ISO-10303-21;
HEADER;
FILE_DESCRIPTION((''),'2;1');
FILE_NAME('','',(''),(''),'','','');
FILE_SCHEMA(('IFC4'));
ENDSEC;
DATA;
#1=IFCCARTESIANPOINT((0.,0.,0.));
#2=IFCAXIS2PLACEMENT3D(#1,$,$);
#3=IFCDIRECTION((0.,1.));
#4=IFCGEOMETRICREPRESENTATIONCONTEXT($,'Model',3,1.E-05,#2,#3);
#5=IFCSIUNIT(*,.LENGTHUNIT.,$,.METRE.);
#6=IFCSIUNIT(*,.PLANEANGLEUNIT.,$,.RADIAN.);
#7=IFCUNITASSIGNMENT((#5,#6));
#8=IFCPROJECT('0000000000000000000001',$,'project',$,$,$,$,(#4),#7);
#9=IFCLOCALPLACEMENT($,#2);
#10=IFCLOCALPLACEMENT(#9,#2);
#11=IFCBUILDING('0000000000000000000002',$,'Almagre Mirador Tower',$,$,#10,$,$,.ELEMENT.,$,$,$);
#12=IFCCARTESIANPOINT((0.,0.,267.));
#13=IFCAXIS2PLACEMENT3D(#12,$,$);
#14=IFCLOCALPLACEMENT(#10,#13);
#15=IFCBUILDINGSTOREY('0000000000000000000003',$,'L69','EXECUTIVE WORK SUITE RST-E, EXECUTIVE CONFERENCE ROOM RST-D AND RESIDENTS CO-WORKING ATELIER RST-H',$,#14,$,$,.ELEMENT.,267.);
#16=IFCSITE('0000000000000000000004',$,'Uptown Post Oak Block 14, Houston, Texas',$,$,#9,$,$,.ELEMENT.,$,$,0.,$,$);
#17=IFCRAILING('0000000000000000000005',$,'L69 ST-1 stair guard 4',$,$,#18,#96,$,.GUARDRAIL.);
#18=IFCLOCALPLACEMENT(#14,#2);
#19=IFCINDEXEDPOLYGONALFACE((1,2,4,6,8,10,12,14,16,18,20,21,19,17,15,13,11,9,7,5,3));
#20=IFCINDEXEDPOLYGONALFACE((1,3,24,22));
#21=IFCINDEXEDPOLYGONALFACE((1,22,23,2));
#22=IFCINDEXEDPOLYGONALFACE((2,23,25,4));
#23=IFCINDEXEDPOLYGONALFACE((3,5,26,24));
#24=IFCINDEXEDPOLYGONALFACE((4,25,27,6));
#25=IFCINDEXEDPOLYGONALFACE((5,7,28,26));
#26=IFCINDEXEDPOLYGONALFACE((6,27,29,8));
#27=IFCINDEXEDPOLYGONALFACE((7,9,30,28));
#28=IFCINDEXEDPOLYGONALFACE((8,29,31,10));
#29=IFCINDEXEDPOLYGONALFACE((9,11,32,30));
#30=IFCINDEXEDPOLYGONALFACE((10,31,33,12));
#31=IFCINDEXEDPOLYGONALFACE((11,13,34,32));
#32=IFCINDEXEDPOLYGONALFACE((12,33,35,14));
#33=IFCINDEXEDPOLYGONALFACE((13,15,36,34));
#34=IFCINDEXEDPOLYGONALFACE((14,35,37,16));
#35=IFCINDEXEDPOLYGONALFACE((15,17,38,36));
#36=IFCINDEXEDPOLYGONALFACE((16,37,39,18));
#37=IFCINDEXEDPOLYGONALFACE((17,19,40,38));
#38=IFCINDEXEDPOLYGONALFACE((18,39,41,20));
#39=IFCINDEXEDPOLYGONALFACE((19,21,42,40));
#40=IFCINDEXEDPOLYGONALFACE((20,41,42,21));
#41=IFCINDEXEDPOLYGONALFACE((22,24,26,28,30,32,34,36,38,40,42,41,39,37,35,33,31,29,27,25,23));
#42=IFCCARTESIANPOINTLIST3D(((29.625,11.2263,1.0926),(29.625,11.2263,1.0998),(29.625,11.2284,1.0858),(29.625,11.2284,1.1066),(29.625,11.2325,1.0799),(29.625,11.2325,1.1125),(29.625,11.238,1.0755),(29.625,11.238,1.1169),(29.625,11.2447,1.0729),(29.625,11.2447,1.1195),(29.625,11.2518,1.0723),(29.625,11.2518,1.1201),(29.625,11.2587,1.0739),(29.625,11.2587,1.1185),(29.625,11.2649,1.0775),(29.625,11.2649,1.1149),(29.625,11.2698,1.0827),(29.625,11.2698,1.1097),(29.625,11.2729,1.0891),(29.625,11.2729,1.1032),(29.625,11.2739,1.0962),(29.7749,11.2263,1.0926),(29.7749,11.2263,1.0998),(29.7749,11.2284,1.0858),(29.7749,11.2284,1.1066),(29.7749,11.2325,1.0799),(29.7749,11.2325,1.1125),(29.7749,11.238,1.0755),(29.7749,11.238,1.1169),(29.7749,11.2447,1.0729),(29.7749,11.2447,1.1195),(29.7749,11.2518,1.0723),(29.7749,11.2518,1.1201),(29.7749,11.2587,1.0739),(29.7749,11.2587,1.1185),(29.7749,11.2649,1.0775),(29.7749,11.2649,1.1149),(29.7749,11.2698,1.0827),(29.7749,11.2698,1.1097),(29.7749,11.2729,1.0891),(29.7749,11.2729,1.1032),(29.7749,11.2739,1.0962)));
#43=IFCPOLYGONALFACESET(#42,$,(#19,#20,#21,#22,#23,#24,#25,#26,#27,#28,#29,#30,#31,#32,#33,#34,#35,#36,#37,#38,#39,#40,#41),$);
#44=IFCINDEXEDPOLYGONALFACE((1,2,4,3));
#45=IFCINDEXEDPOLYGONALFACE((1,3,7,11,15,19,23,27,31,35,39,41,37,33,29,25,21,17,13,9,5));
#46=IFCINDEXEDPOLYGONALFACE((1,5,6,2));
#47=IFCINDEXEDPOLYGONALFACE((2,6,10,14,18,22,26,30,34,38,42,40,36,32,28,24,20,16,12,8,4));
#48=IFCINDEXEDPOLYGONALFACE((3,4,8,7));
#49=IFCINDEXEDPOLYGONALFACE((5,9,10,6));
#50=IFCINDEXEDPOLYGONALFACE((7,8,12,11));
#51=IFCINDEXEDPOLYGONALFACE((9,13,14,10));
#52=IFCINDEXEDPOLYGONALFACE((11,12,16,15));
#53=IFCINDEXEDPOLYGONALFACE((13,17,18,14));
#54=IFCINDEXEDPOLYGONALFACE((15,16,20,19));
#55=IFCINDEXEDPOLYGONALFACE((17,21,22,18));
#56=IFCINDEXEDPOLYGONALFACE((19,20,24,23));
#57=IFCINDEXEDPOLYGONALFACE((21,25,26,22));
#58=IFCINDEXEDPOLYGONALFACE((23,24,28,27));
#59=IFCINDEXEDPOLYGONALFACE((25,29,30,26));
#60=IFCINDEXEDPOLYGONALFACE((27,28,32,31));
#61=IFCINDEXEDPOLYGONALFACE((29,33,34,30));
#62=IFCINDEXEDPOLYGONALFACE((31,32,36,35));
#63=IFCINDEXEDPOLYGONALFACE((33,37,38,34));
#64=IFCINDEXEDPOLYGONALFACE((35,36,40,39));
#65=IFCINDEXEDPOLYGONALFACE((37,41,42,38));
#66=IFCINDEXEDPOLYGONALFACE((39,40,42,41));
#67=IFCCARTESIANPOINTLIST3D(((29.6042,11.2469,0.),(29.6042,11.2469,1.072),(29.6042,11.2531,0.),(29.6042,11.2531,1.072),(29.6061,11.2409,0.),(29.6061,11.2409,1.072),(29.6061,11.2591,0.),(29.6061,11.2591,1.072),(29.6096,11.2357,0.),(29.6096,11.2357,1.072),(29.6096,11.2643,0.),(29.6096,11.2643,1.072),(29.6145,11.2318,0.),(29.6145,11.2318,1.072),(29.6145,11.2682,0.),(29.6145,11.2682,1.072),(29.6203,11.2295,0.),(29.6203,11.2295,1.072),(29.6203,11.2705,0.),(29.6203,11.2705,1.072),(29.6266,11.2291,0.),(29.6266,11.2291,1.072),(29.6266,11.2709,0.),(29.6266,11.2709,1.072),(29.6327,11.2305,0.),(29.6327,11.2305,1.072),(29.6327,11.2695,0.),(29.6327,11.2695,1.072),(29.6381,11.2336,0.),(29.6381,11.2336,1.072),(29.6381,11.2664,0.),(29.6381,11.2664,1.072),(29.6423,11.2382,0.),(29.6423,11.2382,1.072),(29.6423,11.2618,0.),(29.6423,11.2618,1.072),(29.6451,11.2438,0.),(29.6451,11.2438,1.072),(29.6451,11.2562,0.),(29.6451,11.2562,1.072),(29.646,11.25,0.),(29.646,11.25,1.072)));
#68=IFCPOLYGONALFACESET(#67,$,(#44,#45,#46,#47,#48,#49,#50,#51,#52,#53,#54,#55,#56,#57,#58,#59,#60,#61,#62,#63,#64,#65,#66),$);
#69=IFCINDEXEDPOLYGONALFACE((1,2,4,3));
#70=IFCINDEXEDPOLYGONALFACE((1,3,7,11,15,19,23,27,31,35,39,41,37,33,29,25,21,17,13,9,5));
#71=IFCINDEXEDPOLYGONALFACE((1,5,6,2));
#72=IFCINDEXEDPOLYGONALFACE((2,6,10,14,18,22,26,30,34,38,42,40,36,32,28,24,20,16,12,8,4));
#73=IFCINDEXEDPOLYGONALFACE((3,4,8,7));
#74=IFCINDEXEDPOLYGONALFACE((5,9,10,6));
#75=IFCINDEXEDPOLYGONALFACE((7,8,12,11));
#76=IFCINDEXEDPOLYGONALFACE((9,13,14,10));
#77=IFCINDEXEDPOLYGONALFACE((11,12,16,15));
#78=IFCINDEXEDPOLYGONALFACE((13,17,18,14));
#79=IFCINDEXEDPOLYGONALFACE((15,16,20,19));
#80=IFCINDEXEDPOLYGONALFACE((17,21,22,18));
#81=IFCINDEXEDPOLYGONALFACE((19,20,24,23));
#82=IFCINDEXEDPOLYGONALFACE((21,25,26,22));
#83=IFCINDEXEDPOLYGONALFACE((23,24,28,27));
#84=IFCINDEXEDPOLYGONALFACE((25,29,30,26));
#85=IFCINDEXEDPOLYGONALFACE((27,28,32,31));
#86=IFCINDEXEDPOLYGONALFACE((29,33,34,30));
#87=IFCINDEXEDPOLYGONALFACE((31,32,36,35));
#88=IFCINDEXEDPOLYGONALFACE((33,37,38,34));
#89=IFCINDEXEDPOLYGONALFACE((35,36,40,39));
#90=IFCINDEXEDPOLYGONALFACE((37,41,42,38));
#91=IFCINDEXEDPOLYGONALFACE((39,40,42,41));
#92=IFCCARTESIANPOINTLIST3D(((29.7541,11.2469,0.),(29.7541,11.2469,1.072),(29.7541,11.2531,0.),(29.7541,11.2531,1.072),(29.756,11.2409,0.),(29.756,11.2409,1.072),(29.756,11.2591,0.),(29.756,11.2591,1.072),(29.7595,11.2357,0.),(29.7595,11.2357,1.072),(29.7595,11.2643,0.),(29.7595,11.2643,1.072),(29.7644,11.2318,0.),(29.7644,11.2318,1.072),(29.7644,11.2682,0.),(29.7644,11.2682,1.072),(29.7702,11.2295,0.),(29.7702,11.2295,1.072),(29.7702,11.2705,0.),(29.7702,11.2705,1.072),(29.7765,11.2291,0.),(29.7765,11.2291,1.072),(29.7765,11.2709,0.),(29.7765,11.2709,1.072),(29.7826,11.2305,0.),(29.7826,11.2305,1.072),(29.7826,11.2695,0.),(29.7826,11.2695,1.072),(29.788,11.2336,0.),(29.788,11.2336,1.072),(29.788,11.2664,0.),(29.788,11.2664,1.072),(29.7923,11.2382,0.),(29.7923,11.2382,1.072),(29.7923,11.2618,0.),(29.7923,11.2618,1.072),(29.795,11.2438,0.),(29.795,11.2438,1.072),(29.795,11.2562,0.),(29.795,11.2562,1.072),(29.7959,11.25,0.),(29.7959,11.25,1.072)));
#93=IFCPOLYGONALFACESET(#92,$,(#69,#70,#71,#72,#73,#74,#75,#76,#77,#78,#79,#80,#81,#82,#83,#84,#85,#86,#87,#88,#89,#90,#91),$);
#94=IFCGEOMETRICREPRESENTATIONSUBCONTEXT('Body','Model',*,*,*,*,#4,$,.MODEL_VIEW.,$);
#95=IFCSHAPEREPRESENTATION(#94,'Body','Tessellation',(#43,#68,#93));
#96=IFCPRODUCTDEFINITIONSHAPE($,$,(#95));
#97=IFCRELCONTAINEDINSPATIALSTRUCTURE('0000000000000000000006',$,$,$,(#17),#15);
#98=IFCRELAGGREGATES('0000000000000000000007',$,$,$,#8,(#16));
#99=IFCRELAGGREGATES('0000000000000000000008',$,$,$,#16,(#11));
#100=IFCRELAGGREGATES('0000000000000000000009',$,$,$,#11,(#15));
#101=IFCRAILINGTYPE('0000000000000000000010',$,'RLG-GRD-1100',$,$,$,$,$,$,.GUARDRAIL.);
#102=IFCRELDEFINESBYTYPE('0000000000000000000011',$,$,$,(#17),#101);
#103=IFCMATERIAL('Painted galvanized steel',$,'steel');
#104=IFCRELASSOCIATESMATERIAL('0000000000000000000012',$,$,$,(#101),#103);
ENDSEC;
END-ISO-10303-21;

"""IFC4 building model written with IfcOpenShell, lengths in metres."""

from ifc_helpers import new_model, si_unit, direction, frame, origin, origin_2d, place, context, subcontext, project, spatial, circle, extrude, material, type_object, element, save


model = new_model("IFC4")

# Units and contexts
model_context = context("Model", 3, precision=1e-05, world=origin(), true_north=direction((0.0, 1.0)))
body_context = subcontext(model_context, "Body", "Model", "MODEL_VIEW")
ifc_project = project(units=[si_unit("LENGTHUNIT", "METRE"), si_unit("PLANEANGLEUNIT", "RADIAN")], contexts=[model_context])

# Site, building, storey
site_placement = place(None, origin())
site = spatial("IfcSite", under=ifc_project, at=site_placement, Name="Uptown Post Oak Block 14, Houston, Texas", CompositionType="ELEMENT", RefElevation=0.0)
building_placement = place(site_placement, origin())
building = spatial("IfcBuilding", under=site, at=building_placement, Name="Almagre Mirador Tower", CompositionType="ELEMENT")
storey_placement = place(building_placement, frame((0.0, 0.0, 267.0)))
storey = spatial("IfcBuildingStorey", under=building, at=storey_placement, Name="L69", Description="EXECUTIVE WORK SUITE RST-E, EXECUTIVE CONFERENCE ROOM RST-D AND RESIDENTS CO-WORKING ATELIER RST-H", CompositionType="ELEMENT", Elevation=267.0)

# Railing
ifc_material_1 = material(Name="Painted galvanized steel", Category="steel")
railing_type_1 = type_object("IfcRailingType", Name="RLG-GRD-1100", PredefinedType="GUARDRAIL", material=ifc_material_1)
railing_1_placement = place(storey_placement, frame((29.625, 11.25, 0.0)))
element("IfcRailing", 1, at=railing_1_placement, inside=storey, type_object=railing_type_1, Name="L69 ST-1 stair guard 4", PredefinedType="GUARDRAIL", context=body_context, shape_type="SweptSolid", body=[
    extrude(circle(Radius=0.0239, at=origin_2d()), frame((0.0, 0.0, 1.0962), z_axis=(1.0, 0.0, 0.0), x_axis=(0.0, 1.0, 0.0)), (0.0, 0.0, 1.0), 0.1499),
    extrude(circle(Radius=0.021, at=origin_2d()), origin(), (0.0, 0.0, 1.0), 1.072),
    extrude(circle(Radius=0.021, at=origin_2d()), frame((0.1499, 0.0, 0.0)), (0.0, 0.0, 1.0), 1.072),
])

save(model, "model.ifc")
